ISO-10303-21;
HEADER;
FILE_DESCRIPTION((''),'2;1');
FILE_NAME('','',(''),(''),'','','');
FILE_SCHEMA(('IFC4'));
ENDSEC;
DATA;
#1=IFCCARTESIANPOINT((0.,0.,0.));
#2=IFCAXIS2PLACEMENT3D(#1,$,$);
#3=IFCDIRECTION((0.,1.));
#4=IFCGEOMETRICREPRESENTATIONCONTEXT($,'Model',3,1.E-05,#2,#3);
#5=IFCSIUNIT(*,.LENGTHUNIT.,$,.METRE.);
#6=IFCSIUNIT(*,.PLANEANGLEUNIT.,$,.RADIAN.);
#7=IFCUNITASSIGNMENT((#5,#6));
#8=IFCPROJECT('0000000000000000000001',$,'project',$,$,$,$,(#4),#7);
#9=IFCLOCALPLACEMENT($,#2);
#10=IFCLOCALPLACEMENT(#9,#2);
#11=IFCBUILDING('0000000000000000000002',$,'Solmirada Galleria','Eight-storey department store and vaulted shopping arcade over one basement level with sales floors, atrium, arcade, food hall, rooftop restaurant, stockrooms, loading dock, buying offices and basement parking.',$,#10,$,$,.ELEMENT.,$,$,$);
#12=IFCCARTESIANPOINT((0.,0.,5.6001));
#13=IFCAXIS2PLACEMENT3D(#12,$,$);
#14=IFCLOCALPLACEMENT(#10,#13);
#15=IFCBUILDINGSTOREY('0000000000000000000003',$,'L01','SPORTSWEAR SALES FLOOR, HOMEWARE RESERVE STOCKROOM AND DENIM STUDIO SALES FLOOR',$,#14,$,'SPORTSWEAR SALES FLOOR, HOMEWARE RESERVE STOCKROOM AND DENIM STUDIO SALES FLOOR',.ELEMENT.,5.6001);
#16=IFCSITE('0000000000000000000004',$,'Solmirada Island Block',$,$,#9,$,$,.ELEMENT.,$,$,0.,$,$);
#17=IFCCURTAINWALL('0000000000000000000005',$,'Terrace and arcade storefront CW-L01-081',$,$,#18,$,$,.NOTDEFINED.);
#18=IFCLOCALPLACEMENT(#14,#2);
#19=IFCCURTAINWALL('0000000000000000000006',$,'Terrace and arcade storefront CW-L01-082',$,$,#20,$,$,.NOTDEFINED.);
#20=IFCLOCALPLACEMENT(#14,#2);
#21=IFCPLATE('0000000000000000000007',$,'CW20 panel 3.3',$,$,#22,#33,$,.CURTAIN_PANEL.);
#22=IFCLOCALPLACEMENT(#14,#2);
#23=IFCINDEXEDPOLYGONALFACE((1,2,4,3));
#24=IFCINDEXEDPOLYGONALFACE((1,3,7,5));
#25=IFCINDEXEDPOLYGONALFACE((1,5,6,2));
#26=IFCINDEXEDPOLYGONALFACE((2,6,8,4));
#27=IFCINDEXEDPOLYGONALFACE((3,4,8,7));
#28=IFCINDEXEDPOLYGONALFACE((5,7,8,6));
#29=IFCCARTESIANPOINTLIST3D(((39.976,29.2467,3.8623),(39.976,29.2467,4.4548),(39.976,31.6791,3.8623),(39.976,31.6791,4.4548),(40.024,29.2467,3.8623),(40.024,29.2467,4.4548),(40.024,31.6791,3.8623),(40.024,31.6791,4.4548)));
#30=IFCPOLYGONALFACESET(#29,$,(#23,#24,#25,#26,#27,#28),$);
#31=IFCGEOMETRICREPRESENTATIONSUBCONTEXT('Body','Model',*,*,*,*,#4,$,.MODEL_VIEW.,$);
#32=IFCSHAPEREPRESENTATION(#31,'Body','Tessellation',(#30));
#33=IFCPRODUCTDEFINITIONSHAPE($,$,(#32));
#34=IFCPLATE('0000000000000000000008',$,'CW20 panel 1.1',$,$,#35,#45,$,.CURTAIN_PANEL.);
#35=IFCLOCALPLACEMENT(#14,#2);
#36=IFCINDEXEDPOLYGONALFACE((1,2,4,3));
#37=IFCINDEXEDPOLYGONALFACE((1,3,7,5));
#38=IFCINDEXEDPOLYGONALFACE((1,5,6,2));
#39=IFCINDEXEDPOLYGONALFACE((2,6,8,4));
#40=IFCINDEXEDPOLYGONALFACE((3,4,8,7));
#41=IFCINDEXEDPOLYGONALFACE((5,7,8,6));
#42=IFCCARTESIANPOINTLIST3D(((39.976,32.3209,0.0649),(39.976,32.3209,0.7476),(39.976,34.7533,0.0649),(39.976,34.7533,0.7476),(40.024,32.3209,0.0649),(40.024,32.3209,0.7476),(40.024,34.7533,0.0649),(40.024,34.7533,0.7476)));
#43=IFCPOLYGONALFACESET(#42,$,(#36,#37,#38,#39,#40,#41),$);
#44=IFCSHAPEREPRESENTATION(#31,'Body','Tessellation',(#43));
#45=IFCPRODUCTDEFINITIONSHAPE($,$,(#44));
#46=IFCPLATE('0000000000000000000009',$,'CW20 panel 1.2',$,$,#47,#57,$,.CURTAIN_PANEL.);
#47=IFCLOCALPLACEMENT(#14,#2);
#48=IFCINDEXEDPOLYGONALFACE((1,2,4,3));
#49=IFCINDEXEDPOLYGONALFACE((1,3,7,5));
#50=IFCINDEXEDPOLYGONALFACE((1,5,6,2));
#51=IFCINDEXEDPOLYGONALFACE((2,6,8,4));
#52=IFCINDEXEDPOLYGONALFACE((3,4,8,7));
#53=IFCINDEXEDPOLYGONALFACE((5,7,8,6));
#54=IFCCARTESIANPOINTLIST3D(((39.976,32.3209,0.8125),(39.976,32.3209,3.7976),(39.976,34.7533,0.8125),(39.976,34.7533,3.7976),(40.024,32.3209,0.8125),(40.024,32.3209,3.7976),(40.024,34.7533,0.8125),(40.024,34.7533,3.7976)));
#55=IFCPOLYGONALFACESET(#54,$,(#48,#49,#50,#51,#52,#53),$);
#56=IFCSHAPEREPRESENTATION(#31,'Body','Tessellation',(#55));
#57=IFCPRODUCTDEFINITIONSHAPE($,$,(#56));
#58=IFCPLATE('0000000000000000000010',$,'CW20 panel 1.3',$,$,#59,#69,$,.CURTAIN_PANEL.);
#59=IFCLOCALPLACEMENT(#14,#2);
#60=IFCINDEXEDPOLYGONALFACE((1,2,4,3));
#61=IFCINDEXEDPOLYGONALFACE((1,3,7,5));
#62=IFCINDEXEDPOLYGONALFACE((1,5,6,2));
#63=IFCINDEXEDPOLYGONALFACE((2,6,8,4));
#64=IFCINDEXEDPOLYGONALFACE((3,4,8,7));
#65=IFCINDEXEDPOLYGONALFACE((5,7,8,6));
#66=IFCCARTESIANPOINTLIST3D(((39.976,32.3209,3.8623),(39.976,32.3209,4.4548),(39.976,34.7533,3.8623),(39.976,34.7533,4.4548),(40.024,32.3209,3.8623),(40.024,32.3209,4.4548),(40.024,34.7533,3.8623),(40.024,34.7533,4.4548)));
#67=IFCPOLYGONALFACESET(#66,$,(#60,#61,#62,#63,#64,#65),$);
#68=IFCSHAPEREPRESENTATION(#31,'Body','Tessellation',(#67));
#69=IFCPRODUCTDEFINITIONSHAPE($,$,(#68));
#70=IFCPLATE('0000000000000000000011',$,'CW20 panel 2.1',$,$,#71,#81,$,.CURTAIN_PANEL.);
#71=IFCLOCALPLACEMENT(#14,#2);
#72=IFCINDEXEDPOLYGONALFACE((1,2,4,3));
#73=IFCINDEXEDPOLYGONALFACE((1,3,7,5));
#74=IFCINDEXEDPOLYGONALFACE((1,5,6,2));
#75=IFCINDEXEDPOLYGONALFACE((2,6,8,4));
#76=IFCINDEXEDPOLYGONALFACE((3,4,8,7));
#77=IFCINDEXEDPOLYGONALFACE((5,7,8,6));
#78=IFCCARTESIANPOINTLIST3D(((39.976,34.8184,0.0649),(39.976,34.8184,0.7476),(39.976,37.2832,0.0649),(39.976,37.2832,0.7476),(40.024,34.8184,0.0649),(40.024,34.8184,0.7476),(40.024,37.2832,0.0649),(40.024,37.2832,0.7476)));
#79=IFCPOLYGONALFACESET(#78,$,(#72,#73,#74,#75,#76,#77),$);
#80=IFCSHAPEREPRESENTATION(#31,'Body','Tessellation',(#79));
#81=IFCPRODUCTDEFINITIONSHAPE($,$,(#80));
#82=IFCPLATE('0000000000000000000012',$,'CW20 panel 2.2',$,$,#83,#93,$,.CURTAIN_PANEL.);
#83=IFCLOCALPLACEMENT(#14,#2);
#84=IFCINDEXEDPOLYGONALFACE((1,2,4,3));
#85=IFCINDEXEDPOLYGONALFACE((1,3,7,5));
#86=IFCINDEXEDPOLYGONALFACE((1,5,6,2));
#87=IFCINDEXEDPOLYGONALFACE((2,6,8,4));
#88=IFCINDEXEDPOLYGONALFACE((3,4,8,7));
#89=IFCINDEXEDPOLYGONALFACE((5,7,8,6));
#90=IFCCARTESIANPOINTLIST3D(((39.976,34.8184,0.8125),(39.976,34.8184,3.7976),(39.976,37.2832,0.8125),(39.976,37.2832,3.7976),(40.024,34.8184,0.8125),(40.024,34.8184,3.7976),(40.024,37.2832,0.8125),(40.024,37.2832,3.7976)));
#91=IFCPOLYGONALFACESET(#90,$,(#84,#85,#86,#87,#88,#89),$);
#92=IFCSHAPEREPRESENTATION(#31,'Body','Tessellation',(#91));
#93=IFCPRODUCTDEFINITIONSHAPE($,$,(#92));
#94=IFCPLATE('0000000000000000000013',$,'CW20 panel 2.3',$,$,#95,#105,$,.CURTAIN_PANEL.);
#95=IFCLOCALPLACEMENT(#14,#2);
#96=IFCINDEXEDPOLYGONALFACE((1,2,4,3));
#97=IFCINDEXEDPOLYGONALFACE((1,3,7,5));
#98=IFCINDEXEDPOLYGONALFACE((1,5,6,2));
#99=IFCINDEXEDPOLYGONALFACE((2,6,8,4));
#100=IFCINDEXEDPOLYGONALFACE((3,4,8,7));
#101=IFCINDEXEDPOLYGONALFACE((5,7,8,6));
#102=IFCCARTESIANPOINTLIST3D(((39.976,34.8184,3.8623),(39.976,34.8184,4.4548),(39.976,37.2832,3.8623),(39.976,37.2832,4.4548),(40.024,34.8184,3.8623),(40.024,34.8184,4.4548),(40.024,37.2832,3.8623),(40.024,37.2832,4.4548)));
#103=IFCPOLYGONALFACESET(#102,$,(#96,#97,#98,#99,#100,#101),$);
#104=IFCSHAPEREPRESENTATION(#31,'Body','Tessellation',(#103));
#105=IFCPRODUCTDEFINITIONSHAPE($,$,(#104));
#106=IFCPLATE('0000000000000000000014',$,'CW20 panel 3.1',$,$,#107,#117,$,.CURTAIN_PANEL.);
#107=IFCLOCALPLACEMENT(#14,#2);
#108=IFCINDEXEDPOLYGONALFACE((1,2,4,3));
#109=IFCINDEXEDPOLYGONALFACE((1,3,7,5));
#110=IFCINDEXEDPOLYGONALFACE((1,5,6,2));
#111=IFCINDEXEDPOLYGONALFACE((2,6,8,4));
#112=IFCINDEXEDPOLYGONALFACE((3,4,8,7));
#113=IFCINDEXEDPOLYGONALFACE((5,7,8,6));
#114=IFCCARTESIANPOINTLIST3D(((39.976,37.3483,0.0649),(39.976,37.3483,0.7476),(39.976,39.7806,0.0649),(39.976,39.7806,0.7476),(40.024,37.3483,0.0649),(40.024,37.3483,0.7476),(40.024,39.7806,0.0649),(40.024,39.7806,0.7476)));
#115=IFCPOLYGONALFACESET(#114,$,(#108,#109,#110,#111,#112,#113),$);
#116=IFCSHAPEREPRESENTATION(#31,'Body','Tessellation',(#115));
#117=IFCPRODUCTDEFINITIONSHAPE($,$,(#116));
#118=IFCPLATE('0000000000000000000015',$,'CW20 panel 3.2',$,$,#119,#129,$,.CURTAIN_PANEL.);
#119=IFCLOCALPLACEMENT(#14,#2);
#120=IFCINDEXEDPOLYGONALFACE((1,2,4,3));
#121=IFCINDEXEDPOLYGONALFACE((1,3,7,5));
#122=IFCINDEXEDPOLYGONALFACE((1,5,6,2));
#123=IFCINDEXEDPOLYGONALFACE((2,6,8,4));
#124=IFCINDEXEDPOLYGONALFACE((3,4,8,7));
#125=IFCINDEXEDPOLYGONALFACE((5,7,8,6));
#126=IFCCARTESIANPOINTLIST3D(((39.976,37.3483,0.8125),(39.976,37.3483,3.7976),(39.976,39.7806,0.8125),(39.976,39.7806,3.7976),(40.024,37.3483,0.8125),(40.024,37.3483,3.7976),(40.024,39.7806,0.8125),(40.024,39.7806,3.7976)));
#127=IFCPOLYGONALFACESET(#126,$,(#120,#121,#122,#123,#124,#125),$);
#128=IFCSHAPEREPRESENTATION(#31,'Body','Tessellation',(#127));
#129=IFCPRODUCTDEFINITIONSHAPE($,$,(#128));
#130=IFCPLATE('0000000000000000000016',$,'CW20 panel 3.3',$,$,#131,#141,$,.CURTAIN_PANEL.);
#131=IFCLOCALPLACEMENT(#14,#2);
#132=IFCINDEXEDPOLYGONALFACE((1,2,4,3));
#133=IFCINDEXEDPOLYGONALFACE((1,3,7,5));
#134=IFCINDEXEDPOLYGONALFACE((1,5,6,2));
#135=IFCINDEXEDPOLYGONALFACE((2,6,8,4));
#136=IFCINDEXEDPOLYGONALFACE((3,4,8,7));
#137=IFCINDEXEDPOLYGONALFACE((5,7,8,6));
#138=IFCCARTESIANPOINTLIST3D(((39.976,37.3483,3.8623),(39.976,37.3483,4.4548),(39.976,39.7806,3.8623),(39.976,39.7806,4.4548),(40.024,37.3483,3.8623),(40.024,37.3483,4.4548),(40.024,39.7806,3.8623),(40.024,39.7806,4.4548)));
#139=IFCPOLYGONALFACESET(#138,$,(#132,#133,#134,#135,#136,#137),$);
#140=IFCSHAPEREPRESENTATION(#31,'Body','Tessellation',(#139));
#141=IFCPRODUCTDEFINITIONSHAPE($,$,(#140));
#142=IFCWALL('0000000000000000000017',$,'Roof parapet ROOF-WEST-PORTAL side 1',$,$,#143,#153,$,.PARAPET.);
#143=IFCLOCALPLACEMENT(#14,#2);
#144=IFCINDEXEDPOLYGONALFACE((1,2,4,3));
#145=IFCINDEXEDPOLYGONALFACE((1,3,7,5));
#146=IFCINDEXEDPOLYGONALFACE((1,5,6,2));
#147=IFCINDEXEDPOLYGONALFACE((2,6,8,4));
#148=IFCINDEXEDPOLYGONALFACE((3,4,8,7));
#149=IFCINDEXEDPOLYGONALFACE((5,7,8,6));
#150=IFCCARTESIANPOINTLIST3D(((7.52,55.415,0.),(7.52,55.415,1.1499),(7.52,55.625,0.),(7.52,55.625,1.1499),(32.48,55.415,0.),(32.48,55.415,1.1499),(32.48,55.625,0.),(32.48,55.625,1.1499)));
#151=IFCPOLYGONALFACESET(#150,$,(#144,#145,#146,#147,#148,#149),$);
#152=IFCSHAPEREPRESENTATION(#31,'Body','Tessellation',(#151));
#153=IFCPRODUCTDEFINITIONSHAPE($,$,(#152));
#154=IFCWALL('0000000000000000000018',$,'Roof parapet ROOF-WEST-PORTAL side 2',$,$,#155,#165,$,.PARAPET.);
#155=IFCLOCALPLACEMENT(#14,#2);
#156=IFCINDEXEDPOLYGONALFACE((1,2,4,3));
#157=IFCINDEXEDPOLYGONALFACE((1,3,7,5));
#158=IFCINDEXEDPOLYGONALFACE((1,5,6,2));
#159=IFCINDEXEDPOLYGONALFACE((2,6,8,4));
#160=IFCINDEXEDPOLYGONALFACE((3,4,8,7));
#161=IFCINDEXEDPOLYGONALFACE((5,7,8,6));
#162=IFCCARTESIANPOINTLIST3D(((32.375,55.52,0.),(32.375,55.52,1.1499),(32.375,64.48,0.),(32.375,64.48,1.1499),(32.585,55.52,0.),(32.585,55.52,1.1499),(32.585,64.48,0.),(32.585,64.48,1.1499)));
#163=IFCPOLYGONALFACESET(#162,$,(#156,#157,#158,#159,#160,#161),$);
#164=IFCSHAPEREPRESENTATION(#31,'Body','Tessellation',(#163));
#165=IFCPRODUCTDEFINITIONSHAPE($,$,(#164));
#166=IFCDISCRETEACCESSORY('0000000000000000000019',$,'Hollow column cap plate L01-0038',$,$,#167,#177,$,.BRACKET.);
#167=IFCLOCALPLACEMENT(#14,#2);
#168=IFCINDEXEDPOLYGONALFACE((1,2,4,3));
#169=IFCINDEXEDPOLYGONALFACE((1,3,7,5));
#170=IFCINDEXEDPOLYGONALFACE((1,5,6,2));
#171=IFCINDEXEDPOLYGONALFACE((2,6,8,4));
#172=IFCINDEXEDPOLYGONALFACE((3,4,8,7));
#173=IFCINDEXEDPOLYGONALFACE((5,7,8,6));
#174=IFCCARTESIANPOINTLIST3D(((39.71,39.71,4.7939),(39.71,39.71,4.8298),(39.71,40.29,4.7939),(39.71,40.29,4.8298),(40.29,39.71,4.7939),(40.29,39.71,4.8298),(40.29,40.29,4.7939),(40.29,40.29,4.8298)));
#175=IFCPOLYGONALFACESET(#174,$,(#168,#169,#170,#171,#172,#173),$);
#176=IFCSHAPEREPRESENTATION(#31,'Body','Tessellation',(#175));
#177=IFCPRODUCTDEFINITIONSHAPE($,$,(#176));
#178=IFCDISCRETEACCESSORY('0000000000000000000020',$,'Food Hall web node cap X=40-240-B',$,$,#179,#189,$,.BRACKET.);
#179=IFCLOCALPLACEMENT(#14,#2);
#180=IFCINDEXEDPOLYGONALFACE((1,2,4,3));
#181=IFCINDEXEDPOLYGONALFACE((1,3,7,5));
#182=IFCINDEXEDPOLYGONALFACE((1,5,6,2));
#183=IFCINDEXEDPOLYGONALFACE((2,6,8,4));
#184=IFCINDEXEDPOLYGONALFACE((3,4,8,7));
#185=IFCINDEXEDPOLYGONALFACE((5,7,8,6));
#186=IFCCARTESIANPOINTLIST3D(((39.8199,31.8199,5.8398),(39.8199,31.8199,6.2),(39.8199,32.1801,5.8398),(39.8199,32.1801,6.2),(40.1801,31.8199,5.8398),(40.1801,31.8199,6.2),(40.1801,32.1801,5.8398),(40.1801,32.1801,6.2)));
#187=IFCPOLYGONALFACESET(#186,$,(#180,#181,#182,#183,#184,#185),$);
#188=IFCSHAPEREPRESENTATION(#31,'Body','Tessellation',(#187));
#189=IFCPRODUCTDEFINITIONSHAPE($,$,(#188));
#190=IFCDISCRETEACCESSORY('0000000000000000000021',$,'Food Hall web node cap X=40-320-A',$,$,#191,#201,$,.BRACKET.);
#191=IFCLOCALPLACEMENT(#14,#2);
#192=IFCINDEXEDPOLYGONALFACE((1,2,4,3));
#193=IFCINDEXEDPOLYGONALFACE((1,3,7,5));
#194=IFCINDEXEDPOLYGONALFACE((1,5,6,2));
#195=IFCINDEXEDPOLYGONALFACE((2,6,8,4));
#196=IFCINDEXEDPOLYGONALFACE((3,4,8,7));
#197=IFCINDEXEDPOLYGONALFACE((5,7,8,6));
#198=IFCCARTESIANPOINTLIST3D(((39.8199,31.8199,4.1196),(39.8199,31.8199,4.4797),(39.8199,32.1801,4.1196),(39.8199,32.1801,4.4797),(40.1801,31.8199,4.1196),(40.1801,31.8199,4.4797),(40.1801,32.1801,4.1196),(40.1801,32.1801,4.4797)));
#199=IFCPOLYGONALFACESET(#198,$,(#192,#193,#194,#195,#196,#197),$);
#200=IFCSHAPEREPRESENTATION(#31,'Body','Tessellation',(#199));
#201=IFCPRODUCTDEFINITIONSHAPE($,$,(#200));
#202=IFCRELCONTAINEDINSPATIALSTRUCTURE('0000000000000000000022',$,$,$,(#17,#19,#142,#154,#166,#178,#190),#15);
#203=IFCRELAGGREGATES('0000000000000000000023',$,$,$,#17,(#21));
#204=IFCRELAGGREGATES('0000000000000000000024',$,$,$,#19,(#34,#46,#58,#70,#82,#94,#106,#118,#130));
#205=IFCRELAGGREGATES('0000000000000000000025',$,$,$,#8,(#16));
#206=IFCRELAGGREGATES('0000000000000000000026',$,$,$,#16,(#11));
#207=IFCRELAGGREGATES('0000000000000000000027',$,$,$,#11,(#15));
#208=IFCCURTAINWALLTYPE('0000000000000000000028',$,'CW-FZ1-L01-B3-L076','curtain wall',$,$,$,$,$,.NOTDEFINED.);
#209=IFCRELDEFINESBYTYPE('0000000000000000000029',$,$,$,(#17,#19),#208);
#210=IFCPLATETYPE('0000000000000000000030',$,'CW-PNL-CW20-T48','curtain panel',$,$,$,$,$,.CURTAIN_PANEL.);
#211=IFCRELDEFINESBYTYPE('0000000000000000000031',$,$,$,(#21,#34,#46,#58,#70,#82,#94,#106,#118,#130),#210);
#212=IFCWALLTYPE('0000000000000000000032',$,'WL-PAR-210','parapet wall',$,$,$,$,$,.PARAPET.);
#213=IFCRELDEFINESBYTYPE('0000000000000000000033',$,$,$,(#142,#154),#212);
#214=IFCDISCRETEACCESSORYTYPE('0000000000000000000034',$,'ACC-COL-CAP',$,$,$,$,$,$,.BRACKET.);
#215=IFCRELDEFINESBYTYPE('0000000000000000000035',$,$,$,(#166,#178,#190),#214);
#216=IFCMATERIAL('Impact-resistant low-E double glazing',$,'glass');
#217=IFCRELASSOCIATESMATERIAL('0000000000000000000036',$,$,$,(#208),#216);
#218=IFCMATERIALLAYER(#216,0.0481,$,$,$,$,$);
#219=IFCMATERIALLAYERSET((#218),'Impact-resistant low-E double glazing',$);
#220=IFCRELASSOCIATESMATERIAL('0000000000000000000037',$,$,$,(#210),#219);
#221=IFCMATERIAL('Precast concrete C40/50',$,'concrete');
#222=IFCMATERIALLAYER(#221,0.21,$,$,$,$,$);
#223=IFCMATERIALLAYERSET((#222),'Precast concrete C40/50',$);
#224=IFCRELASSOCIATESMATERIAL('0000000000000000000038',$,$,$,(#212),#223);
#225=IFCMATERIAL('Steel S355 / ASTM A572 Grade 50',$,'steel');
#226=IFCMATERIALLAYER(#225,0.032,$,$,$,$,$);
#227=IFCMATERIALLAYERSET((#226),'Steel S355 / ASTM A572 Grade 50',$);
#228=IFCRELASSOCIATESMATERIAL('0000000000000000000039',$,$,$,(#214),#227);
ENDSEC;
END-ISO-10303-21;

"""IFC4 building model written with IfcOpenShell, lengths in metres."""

from ifc_helpers import new_model, si_unit, direction, frame, frame_2d, origin, origin_2d, place, context, subcontext, project, spatial, rectangle, extrude, material, layer, layer_set, type_object, element, aggregate, save


model = new_model("IFC4")

# Units and contexts
model_context = context("Model", 3, precision=1e-05, world=origin(), true_north=direction((0.0, 1.0)))
body_context = subcontext(model_context, "Body", "Model", "MODEL_VIEW")
ifc_project = project(units=[si_unit("LENGTHUNIT", "METRE"), si_unit("PLANEANGLEUNIT", "RADIAN")], contexts=[model_context])

# Site, building, storey
site_placement = place(None, origin())
site = spatial("IfcSite", under=ifc_project, at=site_placement, Name="Solmirada Island Block", CompositionType="ELEMENT", RefElevation=0.0)
building_placement = place(site_placement, origin())
building = spatial("IfcBuilding", under=site, at=building_placement, Name="Solmirada Galleria", Description="Eight-storey department store and vaulted shopping arcade over one basement level with sales floors, atrium, arcade, food hall, rooftop restaurant, stockrooms, loading dock, buying offices and basement parking.", CompositionType="ELEMENT")
storey_placement = place(building_placement, frame((0.0, 0.0, 5.6001)))
storey = spatial("IfcBuildingStorey", under=building, at=storey_placement, Name="L01", Description="SPORTSWEAR SALES FLOOR, HOMEWARE RESERVE STOCKROOM AND DENIM STUDIO SALES FLOOR", LongName="SPORTSWEAR SALES FLOOR, HOMEWARE RESERVE STOCKROOM AND DENIM STUDIO SALES FLOOR", CompositionType="ELEMENT", Elevation=5.6001)

# Curtain wall
ifc_material_1 = material(Name="Impact-resistant low-E double glazing", Category="glass")
curtain_wall_type = type_object("IfcCurtainWallType", Name="CW-FZ1-L01-B3-L076", Description="curtain wall", PredefinedType="NOTDEFINED", material=ifc_material_1)
curtain_wall_1_placement = place(storey_placement, origin())
curtain_wall_1 = element("IfcCurtainWall", 1, at=curtain_wall_1_placement, inside=storey, type_object=curtain_wall_type, Name="Terrace and arcade storefront CW-L01-081", PredefinedType="NOTDEFINED")

# Curtain wall
curtain_wall_2_placement = place(storey_placement, origin())
curtain_wall_2 = element("IfcCurtainWall", 2, at=curtain_wall_2_placement, inside=storey, type_object=curtain_wall_type, Name="Terrace and arcade storefront CW-L01-082", PredefinedType="NOTDEFINED")

# Plates
ifc_layer_1 = layer(ifc_material_1, 0.0481)
ifc_layer_set_1 = layer_set([ifc_layer_1], Name="Impact-resistant low-E double glazing")
plate_type = type_object("IfcPlateType", Name="CW-PNL-CW20-T48", Description="curtain panel", PredefinedType="CURTAIN_PANEL", material=ifc_layer_set_1)
plate_1_placement = place(storey_placement, frame((40.0, 30.4629, 3.8623), z_axis=(0.0, 0.0, 1.0), x_axis=(0.0, 1.0, 0.0)))
plate_1 = element("IfcPlate", 3, at=plate_1_placement, type_object=plate_type, Name="CW20 panel 3.3", PredefinedType="CURTAIN_PANEL", context=body_context, shape_type="SweptSolid", body=[
    extrude(rectangle(XDim=2.4324, YDim=0.0481, at=origin_2d()), origin(), (0.0, 0.0, 1.0), 0.5925),
])
aggregate(curtain_wall_1, [plate_1])
plate_2_placement = place(storey_placement, frame((40.0, 33.5371, 0.0649), z_axis=(0.0, 0.0, 1.0), x_axis=(0.0, 1.0, 0.0)))
plate_2 = element("IfcPlate", 4, at=plate_2_placement, type_object=plate_type, Name="CW20 panel 1.1", PredefinedType="CURTAIN_PANEL", context=body_context, shape_type="SweptSolid", body=[
    extrude(rectangle(XDim=2.4324, YDim=0.0481, at=origin_2d()), origin(), (0.0, 0.0, 1.0), 0.6826),
])
plate_3_placement = place(storey_placement, frame((40.0, 33.5371, 0.8125), z_axis=(0.0, 0.0, 1.0), x_axis=(0.0, 1.0, 0.0)))
plate_3 = element("IfcPlate", 5, at=plate_3_placement, type_object=plate_type, Name="CW20 panel 1.2", PredefinedType="CURTAIN_PANEL", context=body_context, shape_type="SweptSolid", body=[
    extrude(rectangle(XDim=2.4324, YDim=0.0481, at=origin_2d()), origin(), (0.0, 0.0, 1.0), 2.9851),
])
plate_4_placement = place(storey_placement, frame((40.0, 33.5371, 3.8623), z_axis=(0.0, 0.0, 1.0), x_axis=(0.0, 1.0, 0.0)))
plate_4 = element("IfcPlate", 6, at=plate_4_placement, type_object=plate_type, Name="CW20 panel 1.3", PredefinedType="CURTAIN_PANEL", context=body_context, shape_type="SweptSolid", body=[
    extrude(rectangle(XDim=2.4324, YDim=0.0481, at=origin_2d()), origin(), (0.0, 0.0, 1.0), 0.5925),
])
plate_5_placement = place(storey_placement, frame((40.0, 36.0508, 0.0649), z_axis=(0.0, 0.0, 1.0), x_axis=(0.0, 1.0, 0.0)))
plate_5 = element("IfcPlate", 7, at=plate_5_placement, type_object=plate_type, Name="CW20 panel 2.1", PredefinedType="CURTAIN_PANEL", context=body_context, shape_type="SweptSolid", body=[
    extrude(rectangle(XDim=2.4648, YDim=0.0481, at=origin_2d()), origin(), (0.0, 0.0, 1.0), 0.6826),
])
plate_6_placement = place(storey_placement, frame((40.0, 36.0508, 0.8125), z_axis=(0.0, 0.0, 1.0), x_axis=(0.0, 1.0, 0.0)))
plate_6 = element("IfcPlate", 8, at=plate_6_placement, type_object=plate_type, Name="CW20 panel 2.2", PredefinedType="CURTAIN_PANEL", context=body_context, shape_type="SweptSolid", body=[
    extrude(rectangle(XDim=2.4648, YDim=0.0481, at=origin_2d()), origin(), (0.0, 0.0, 1.0), 2.9851),
])
plate_7_placement = place(storey_placement, frame((40.0, 36.0508, 3.8623), z_axis=(0.0, 0.0, 1.0), x_axis=(0.0, 1.0, 0.0)))
plate_7 = element("IfcPlate", 9, at=plate_7_placement, type_object=plate_type, Name="CW20 panel 2.3", PredefinedType="CURTAIN_PANEL", context=body_context, shape_type="SweptSolid", body=[
    extrude(rectangle(XDim=2.4648, YDim=0.0481, at=origin_2d()), origin(), (0.0, 0.0, 1.0), 0.5925),
])
plate_8_placement = place(storey_placement, frame((40.0, 38.5645, 0.0649), z_axis=(0.0, 0.0, 1.0), x_axis=(0.0, 1.0, 0.0)))
plate_8 = element("IfcPlate", 10, at=plate_8_placement, type_object=plate_type, Name="CW20 panel 3.1", PredefinedType="CURTAIN_PANEL", context=body_context, shape_type="SweptSolid", body=[
    extrude(rectangle(XDim=2.4324, YDim=0.0481, at=origin_2d()), origin(), (0.0, 0.0, 1.0), 0.6826),
])
plate_9_placement = place(storey_placement, frame((40.0, 38.5645, 0.8125), z_axis=(0.0, 0.0, 1.0), x_axis=(0.0, 1.0, 0.0)))
plate_9 = element("IfcPlate", 11, at=plate_9_placement, type_object=plate_type, Name="CW20 panel 3.2", PredefinedType="CURTAIN_PANEL", context=body_context, shape_type="SweptSolid", body=[
    extrude(rectangle(XDim=2.4324, YDim=0.0481, at=origin_2d()), origin(), (0.0, 0.0, 1.0), 2.9851),
])
plate_10_placement = place(storey_placement, frame((40.0, 38.5645, 3.8623), z_axis=(0.0, 0.0, 1.0), x_axis=(0.0, 1.0, 0.0)))
plate_10 = element("IfcPlate", 12, at=plate_10_placement, type_object=plate_type, Name="CW20 panel 3.3", PredefinedType="CURTAIN_PANEL", context=body_context, shape_type="SweptSolid", body=[
    extrude(rectangle(XDim=2.4324, YDim=0.0481, at=origin_2d()), origin(), (0.0, 0.0, 1.0), 0.5925),
])
aggregate(curtain_wall_2, [plate_2, plate_3, plate_4, plate_5, plate_6, plate_7, plate_8, plate_9, plate_10])

# Walls
ifc_material_2 = material(Name="Precast concrete C40/50", Category="concrete")
ifc_layer_2 = layer(ifc_material_2, 0.21)
ifc_layer_set_2 = layer_set([ifc_layer_2], Name="Precast concrete C40/50")
wall_type = type_object("IfcWallType", Name="WL-PAR-210", Description="parapet wall", PredefinedType="PARAPET", material=ifc_layer_set_2)
wall_1_placement = place(storey_placement, frame((7.52, 55.52, 0.0), z_axis=(0.0, 0.0, 1.0), x_axis=(1.0, 0.0, 0.0)))
element("IfcWall", 13, at=wall_1_placement, inside=storey, type_object=wall_type, Name="Roof parapet ROOF-WEST-PORTAL side 1", PredefinedType="PARAPET", context=body_context, shape_type="SweptSolid", body=[
    extrude(rectangle(XDim=24.96, YDim=0.21, at=frame_2d((12.48, 0.0))), origin(), (0.0, 0.0, 1.0), 1.1499),
])
wall_2_placement = place(storey_placement, frame((32.48, 55.52, 0.0), z_axis=(0.0, 0.0, 1.0), x_axis=(0.0, 1.0, 0.0)))
element("IfcWall", 14, at=wall_2_placement, inside=storey, type_object=wall_type, Name="Roof parapet ROOF-WEST-PORTAL side 2", PredefinedType="PARAPET", context=body_context, shape_type="SweptSolid", body=[
    extrude(rectangle(XDim=8.96, YDim=0.21, at=frame_2d((4.48, 0.0))), origin(), (0.0, 0.0, 1.0), 1.1499),
])

# Discrete accessories
ifc_material_3 = material(Name="Steel S355 / ASTM A572 Grade 50", Category="steel")
ifc_layer_3 = layer(ifc_material_3, 0.032)
ifc_layer_set_3 = layer_set([ifc_layer_3], Name="Steel S355 / ASTM A572 Grade 50")
discrete_accessory_type = type_object("IfcDiscreteAccessoryType", Name="ACC-COL-CAP", PredefinedType="BRACKET", material=ifc_layer_set_3)
discrete_accessory_placement = place(storey_placement, frame((40.0, 40.0, 4.7939), z_axis=(0.0, 0.0, 1.0), x_axis=(1.0, 0.0, 0.0)))
element("IfcDiscreteAccessory", 15, at=discrete_accessory_placement, inside=storey, type_object=discrete_accessory_type, Name="Hollow column cap plate L01-0038", PredefinedType="BRACKET", context=body_context, shape_type="SweptSolid", body=[
    extrude(rectangle(XDim=0.5801, YDim=0.5801, at=origin_2d()), origin(), (0.0, 0.0, 1.0), 0.0359),
])
for number, where, z_axis, x_axis, name in (
    (16, (40.0, 32.0, 5.8398), (0.0, 0.0, 1.0), (1.0, 0.0, 0.0), "Food Hall web node cap X=40-240-B"),
    (17, (40.0, 32.0, 4.1196), (0.0, 0.0, 1.0), (1.0, 0.0, 0.0), "Food Hall web node cap X=40-320-A"),
):
    element("IfcDiscreteAccessory", number, at=place(storey_placement, frame(where, z_axis=z_axis, x_axis=x_axis)), inside=storey, type_object=discrete_accessory_type, Name=name, PredefinedType="BRACKET", context=body_context, shape_type="SweptSolid", body=[
        extrude(rectangle(XDim=0.3601, YDim=0.3601, at=origin_2d()), origin(), (0.0, 0.0, 1.0), 0.3601),
    ])

save(model, "model.ifc")
